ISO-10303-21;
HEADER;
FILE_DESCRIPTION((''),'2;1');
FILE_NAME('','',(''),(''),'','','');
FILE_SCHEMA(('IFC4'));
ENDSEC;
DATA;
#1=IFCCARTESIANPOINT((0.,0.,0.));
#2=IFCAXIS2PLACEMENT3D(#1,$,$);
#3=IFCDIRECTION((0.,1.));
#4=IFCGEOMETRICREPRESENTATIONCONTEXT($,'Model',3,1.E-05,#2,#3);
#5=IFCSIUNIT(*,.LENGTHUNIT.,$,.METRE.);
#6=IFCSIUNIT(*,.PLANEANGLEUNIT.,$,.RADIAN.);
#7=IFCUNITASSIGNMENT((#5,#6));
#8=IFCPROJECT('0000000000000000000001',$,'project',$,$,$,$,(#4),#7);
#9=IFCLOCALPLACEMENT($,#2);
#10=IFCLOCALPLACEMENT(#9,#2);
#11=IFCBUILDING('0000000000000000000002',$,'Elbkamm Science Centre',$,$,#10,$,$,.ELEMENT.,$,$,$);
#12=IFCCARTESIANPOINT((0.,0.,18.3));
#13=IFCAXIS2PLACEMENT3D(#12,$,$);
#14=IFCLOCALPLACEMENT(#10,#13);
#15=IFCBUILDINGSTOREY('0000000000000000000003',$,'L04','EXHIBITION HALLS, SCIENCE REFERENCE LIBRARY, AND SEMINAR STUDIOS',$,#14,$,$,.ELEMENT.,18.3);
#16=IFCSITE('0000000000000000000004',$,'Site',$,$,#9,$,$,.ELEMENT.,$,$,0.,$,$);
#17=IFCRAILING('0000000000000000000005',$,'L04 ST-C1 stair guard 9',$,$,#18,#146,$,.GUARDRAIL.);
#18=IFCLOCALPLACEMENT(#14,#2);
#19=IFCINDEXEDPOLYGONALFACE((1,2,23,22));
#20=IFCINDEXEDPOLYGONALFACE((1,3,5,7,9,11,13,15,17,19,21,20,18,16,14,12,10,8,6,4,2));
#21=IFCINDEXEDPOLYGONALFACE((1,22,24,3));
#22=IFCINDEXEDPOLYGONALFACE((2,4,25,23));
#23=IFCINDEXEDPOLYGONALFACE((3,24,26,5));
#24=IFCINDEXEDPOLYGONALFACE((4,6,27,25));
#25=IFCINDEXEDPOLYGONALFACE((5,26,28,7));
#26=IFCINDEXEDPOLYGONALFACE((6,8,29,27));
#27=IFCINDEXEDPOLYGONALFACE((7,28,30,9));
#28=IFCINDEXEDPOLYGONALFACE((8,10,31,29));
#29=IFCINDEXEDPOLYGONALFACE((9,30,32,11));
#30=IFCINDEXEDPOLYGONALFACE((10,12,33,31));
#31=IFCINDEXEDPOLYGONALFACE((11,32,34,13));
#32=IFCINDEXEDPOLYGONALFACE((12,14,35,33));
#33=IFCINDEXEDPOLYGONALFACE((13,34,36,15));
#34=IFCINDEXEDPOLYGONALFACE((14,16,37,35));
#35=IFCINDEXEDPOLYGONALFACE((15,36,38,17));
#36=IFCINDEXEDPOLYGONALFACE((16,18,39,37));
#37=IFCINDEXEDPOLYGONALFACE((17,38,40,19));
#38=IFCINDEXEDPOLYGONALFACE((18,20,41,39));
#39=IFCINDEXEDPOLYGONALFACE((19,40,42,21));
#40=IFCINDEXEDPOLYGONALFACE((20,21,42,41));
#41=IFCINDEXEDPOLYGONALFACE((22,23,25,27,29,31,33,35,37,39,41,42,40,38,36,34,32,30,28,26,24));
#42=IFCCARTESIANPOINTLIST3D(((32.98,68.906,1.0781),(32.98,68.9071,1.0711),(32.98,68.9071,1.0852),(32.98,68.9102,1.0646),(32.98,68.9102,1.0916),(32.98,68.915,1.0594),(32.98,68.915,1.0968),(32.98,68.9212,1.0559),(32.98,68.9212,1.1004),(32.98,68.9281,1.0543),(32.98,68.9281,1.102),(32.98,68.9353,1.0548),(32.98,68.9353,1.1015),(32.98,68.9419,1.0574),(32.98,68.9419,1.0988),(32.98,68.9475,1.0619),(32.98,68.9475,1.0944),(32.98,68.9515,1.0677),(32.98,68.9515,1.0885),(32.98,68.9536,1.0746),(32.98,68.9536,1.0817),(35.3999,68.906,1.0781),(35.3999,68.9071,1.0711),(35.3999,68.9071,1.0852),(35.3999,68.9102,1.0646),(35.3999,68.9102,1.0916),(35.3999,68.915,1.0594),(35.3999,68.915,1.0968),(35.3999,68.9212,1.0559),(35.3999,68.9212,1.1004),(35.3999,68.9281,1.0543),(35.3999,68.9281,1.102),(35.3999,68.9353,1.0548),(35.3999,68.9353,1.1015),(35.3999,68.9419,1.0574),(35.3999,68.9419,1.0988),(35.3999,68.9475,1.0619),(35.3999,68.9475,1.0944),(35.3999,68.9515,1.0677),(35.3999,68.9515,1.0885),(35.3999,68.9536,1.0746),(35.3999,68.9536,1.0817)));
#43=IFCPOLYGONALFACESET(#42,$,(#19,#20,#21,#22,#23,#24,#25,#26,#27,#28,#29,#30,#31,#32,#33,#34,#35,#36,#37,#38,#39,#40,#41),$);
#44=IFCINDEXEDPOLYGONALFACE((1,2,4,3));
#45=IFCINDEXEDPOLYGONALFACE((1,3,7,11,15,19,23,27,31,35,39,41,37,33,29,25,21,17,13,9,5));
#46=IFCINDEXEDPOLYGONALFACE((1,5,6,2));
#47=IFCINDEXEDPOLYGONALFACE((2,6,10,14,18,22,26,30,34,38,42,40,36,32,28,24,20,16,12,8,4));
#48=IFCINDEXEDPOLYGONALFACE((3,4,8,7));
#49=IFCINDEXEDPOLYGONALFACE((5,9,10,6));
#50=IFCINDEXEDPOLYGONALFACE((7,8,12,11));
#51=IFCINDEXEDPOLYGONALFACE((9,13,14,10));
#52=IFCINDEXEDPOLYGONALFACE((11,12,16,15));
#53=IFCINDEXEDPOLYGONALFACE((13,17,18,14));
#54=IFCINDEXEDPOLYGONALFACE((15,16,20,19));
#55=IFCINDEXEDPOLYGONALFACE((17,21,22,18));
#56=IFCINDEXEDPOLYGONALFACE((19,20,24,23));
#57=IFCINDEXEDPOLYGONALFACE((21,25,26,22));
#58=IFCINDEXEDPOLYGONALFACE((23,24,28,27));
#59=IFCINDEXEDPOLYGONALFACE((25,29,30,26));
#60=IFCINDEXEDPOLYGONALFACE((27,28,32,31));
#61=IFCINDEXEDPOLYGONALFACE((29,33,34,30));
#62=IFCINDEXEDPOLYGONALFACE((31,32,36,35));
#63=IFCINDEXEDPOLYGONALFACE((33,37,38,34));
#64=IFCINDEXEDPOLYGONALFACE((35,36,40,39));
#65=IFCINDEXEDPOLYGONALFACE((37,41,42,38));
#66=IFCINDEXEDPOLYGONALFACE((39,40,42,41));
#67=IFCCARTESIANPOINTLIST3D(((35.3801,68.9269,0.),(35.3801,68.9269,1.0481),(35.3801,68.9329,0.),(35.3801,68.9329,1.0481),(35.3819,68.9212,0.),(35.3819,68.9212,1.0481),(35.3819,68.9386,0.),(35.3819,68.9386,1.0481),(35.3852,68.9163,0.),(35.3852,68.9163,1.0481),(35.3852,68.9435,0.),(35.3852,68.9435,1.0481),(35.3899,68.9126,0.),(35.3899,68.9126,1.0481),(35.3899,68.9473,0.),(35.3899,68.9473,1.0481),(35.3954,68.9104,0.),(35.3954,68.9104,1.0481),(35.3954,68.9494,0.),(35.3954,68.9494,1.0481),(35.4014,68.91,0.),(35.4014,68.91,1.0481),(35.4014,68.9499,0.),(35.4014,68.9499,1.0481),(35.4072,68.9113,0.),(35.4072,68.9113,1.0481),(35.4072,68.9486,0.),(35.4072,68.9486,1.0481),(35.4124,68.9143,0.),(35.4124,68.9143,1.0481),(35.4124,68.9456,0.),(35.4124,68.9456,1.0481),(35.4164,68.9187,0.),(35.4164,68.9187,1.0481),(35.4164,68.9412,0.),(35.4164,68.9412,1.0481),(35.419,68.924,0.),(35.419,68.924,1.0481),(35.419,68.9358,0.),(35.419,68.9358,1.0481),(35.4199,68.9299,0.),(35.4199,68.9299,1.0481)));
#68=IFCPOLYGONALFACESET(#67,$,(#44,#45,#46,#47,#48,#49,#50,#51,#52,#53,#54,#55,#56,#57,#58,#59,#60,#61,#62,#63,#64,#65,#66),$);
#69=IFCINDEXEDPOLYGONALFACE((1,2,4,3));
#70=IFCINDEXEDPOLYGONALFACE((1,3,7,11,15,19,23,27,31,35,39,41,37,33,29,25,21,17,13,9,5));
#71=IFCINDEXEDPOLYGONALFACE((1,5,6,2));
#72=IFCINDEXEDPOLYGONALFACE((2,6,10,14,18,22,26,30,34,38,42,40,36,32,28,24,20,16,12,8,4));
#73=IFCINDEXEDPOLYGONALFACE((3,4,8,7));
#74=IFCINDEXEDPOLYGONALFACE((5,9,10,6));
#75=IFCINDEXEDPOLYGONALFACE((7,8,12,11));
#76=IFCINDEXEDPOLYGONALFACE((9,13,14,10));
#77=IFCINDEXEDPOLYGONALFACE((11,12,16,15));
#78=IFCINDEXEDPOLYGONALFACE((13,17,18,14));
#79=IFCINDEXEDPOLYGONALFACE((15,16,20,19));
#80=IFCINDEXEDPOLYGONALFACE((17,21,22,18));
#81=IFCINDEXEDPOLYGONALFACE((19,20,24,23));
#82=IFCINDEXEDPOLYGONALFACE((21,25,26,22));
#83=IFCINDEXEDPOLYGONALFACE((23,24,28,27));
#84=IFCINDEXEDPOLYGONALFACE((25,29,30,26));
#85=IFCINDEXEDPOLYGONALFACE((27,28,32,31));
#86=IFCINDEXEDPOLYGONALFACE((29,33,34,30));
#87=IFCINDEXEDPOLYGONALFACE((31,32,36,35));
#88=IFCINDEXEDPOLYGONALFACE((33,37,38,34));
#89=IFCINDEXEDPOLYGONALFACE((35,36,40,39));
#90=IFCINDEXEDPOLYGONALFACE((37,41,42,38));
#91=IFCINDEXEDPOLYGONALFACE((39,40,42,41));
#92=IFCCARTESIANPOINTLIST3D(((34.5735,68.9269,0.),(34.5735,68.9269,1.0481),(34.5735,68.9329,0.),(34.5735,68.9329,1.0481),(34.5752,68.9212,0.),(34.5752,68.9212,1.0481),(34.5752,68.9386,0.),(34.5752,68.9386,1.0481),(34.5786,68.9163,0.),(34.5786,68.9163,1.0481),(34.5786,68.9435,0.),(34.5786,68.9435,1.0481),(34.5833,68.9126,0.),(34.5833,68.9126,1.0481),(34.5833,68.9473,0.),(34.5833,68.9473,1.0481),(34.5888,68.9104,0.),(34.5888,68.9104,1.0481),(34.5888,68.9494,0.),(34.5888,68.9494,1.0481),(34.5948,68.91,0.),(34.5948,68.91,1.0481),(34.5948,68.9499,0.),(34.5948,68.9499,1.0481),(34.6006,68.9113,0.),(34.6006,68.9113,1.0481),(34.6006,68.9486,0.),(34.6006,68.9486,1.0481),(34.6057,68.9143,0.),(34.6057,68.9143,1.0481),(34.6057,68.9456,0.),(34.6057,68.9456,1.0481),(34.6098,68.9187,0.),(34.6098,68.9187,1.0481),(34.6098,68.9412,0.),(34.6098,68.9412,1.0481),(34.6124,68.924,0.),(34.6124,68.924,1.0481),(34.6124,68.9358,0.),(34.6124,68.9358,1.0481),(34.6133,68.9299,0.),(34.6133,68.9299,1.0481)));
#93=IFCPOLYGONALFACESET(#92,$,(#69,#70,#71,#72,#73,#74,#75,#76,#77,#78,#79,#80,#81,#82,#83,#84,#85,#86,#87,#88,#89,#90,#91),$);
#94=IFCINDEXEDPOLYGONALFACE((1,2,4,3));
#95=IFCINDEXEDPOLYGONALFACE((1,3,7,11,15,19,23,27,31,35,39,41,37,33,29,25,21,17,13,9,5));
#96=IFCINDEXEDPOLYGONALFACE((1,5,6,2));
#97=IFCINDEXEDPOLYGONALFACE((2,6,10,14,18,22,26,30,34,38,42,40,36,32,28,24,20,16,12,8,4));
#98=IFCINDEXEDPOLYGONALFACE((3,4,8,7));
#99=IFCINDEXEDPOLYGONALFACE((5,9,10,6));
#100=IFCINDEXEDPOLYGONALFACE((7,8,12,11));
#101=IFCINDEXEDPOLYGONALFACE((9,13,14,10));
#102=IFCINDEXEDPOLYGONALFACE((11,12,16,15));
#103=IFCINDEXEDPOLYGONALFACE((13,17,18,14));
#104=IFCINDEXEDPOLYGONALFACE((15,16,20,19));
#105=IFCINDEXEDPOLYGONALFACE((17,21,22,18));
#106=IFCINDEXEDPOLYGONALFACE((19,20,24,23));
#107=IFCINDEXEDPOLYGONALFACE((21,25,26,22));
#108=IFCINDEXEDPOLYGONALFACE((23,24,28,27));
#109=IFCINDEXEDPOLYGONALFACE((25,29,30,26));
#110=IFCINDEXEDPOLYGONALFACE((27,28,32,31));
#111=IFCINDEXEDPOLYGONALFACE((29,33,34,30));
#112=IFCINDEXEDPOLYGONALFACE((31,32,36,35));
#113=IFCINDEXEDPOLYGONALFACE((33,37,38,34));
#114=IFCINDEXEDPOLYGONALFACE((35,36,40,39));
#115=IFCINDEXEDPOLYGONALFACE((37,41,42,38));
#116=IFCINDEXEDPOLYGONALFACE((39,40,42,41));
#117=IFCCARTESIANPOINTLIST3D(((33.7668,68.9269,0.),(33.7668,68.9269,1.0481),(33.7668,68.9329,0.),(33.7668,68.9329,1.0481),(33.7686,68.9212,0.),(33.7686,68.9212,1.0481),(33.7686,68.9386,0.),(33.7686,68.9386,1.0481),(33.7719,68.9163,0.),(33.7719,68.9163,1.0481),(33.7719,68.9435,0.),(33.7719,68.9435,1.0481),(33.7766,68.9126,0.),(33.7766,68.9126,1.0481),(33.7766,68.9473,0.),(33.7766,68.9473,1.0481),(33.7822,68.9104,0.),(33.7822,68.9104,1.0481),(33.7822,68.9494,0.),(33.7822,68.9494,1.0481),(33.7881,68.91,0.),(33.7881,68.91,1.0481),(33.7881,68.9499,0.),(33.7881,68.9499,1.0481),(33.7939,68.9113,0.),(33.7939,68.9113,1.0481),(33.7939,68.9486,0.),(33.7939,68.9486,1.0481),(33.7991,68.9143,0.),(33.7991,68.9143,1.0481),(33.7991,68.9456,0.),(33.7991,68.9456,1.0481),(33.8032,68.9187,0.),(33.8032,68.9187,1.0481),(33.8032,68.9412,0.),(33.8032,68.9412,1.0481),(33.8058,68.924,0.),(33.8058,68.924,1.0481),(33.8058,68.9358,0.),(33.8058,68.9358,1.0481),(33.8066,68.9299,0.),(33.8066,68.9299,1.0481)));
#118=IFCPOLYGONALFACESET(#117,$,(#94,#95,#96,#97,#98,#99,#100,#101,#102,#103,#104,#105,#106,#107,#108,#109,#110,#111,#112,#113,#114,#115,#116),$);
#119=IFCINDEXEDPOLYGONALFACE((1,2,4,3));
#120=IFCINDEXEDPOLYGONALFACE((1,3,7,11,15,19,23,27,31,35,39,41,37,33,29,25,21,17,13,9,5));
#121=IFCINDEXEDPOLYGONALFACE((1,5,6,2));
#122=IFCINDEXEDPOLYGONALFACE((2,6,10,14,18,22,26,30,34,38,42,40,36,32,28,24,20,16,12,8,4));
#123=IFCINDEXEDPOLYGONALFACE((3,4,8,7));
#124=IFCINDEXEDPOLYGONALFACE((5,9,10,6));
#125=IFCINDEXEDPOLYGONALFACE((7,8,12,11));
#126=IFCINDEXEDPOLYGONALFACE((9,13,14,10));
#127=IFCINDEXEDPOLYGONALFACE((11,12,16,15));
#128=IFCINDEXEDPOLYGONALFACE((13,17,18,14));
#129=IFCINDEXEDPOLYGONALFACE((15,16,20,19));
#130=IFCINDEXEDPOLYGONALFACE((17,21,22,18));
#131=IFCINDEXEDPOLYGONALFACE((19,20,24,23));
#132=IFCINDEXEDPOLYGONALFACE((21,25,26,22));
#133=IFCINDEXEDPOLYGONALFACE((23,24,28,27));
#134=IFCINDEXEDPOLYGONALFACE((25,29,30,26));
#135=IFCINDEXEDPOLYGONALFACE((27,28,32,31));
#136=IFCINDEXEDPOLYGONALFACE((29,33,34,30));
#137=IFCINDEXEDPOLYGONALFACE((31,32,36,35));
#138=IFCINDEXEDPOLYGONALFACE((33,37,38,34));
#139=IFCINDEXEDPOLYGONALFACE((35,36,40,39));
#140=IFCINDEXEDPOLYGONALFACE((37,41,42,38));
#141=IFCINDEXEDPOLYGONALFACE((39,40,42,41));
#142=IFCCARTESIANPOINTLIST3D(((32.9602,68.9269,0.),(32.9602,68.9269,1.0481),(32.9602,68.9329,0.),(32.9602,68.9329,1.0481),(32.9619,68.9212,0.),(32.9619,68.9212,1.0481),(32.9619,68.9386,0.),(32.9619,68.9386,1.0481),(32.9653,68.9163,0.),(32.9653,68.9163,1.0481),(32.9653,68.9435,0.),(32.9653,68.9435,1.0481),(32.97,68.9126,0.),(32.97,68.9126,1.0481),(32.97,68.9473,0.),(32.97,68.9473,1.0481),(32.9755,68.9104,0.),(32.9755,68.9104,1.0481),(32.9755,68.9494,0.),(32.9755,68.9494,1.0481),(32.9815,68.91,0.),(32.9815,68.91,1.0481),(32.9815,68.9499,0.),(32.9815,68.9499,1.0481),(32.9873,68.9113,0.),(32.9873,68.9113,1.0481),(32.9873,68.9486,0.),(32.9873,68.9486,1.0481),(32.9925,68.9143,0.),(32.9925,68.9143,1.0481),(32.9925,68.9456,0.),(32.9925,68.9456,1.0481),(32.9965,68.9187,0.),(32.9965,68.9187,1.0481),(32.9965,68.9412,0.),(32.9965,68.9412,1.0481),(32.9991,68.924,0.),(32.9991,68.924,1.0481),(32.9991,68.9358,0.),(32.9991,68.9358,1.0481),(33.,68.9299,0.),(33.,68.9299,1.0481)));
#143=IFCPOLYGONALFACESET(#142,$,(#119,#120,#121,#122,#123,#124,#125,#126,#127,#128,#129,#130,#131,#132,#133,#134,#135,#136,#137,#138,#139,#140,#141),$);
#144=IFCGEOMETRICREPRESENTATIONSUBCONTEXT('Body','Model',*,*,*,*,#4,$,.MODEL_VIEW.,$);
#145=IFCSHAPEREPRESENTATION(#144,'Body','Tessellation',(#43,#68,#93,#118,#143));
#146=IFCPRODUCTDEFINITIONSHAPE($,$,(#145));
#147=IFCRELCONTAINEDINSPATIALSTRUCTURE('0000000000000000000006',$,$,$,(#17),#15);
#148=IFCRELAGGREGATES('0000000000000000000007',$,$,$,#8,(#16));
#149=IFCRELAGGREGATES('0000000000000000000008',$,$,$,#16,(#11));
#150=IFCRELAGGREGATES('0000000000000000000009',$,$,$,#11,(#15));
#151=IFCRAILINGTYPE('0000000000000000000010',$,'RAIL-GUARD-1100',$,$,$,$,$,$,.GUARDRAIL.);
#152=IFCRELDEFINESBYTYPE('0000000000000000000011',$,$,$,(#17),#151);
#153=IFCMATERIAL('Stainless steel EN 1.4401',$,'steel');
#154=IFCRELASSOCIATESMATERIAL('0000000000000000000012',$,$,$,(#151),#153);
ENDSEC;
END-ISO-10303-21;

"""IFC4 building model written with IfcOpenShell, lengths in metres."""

from ifc_helpers import new_model, si_unit, direction, frame, origin, origin_2d, place, context, subcontext, project, spatial, circle, extrude, material, type_object, element, save


model = new_model("IFC4")

# Units and contexts
model_context = context("Model", 3, precision=1e-05, world=origin(), true_north=direction((0.0, 1.0)))
body_context = subcontext(model_context, "Body", "Model", "MODEL_VIEW")
ifc_project = project(units=[si_unit("LENGTHUNIT", "METRE"), si_unit("PLANEANGLEUNIT", "RADIAN")], contexts=[model_context])

# Site, building, storey
site_placement = place(None, origin())
site = spatial("IfcSite", under=ifc_project, at=site_placement, Name="Site", CompositionType="ELEMENT", RefElevation=0.0)
building_placement = place(site_placement, origin())
building = spatial("IfcBuilding", under=site, at=building_placement, Name="Elbkamm Science Centre", CompositionType="ELEMENT")
storey_placement = place(building_placement, frame((0.0, 0.0, 18.3)))
storey = spatial("IfcBuildingStorey", under=building, at=storey_placement, Name="L04", Description="EXHIBITION HALLS, SCIENCE REFERENCE LIBRARY, AND SEMINAR STUDIOS", CompositionType="ELEMENT", Elevation=18.3)

# Railing
ifc_material_1 = material(Name="Stainless steel EN 1.4401", Category="steel")
railing_type_1 = type_object("IfcRailingType", Name="RAIL-GUARD-1100", PredefinedType="GUARDRAIL", material=ifc_material_1)
railing_1_placement = place(storey_placement, frame((35.3999, 68.9299, 0.0)))
element("IfcRailing", 1, at=railing_1_placement, inside=storey, type_object=railing_type_1, Name="L04 ST-C1 stair guard 9", PredefinedType="GUARDRAIL", context=body_context, shape_type="SweptSolid", body=[
    extrude(circle(Radius=0.0239, at=origin_2d()), frame((0.0, 0.0, 1.0781), z_axis=(-1.0, 0.0, 0.0), x_axis=(0.0, -1.0, 0.0)), (0.0, 0.0, 1.0), 2.4199),
    extrude(circle(Radius=0.02, at=origin_2d()), origin(), (0.0, 0.0, 1.0), 1.0481),
    extrude(circle(Radius=0.02, at=origin_2d()), frame((-0.8066, 0.0, 0.0)), (0.0, 0.0, 1.0), 1.0481),
    extrude(circle(Radius=0.02, at=origin_2d()), frame((-1.6133, 0.0, 0.0)), (0.0, 0.0, 1.0), 1.0481),
    extrude(circle(Radius=0.02, at=origin_2d()), frame((-2.4199, 0.0, 0.0)), (0.0, 0.0, 1.0), 1.0481),
])

save(model, "model.ifc")
